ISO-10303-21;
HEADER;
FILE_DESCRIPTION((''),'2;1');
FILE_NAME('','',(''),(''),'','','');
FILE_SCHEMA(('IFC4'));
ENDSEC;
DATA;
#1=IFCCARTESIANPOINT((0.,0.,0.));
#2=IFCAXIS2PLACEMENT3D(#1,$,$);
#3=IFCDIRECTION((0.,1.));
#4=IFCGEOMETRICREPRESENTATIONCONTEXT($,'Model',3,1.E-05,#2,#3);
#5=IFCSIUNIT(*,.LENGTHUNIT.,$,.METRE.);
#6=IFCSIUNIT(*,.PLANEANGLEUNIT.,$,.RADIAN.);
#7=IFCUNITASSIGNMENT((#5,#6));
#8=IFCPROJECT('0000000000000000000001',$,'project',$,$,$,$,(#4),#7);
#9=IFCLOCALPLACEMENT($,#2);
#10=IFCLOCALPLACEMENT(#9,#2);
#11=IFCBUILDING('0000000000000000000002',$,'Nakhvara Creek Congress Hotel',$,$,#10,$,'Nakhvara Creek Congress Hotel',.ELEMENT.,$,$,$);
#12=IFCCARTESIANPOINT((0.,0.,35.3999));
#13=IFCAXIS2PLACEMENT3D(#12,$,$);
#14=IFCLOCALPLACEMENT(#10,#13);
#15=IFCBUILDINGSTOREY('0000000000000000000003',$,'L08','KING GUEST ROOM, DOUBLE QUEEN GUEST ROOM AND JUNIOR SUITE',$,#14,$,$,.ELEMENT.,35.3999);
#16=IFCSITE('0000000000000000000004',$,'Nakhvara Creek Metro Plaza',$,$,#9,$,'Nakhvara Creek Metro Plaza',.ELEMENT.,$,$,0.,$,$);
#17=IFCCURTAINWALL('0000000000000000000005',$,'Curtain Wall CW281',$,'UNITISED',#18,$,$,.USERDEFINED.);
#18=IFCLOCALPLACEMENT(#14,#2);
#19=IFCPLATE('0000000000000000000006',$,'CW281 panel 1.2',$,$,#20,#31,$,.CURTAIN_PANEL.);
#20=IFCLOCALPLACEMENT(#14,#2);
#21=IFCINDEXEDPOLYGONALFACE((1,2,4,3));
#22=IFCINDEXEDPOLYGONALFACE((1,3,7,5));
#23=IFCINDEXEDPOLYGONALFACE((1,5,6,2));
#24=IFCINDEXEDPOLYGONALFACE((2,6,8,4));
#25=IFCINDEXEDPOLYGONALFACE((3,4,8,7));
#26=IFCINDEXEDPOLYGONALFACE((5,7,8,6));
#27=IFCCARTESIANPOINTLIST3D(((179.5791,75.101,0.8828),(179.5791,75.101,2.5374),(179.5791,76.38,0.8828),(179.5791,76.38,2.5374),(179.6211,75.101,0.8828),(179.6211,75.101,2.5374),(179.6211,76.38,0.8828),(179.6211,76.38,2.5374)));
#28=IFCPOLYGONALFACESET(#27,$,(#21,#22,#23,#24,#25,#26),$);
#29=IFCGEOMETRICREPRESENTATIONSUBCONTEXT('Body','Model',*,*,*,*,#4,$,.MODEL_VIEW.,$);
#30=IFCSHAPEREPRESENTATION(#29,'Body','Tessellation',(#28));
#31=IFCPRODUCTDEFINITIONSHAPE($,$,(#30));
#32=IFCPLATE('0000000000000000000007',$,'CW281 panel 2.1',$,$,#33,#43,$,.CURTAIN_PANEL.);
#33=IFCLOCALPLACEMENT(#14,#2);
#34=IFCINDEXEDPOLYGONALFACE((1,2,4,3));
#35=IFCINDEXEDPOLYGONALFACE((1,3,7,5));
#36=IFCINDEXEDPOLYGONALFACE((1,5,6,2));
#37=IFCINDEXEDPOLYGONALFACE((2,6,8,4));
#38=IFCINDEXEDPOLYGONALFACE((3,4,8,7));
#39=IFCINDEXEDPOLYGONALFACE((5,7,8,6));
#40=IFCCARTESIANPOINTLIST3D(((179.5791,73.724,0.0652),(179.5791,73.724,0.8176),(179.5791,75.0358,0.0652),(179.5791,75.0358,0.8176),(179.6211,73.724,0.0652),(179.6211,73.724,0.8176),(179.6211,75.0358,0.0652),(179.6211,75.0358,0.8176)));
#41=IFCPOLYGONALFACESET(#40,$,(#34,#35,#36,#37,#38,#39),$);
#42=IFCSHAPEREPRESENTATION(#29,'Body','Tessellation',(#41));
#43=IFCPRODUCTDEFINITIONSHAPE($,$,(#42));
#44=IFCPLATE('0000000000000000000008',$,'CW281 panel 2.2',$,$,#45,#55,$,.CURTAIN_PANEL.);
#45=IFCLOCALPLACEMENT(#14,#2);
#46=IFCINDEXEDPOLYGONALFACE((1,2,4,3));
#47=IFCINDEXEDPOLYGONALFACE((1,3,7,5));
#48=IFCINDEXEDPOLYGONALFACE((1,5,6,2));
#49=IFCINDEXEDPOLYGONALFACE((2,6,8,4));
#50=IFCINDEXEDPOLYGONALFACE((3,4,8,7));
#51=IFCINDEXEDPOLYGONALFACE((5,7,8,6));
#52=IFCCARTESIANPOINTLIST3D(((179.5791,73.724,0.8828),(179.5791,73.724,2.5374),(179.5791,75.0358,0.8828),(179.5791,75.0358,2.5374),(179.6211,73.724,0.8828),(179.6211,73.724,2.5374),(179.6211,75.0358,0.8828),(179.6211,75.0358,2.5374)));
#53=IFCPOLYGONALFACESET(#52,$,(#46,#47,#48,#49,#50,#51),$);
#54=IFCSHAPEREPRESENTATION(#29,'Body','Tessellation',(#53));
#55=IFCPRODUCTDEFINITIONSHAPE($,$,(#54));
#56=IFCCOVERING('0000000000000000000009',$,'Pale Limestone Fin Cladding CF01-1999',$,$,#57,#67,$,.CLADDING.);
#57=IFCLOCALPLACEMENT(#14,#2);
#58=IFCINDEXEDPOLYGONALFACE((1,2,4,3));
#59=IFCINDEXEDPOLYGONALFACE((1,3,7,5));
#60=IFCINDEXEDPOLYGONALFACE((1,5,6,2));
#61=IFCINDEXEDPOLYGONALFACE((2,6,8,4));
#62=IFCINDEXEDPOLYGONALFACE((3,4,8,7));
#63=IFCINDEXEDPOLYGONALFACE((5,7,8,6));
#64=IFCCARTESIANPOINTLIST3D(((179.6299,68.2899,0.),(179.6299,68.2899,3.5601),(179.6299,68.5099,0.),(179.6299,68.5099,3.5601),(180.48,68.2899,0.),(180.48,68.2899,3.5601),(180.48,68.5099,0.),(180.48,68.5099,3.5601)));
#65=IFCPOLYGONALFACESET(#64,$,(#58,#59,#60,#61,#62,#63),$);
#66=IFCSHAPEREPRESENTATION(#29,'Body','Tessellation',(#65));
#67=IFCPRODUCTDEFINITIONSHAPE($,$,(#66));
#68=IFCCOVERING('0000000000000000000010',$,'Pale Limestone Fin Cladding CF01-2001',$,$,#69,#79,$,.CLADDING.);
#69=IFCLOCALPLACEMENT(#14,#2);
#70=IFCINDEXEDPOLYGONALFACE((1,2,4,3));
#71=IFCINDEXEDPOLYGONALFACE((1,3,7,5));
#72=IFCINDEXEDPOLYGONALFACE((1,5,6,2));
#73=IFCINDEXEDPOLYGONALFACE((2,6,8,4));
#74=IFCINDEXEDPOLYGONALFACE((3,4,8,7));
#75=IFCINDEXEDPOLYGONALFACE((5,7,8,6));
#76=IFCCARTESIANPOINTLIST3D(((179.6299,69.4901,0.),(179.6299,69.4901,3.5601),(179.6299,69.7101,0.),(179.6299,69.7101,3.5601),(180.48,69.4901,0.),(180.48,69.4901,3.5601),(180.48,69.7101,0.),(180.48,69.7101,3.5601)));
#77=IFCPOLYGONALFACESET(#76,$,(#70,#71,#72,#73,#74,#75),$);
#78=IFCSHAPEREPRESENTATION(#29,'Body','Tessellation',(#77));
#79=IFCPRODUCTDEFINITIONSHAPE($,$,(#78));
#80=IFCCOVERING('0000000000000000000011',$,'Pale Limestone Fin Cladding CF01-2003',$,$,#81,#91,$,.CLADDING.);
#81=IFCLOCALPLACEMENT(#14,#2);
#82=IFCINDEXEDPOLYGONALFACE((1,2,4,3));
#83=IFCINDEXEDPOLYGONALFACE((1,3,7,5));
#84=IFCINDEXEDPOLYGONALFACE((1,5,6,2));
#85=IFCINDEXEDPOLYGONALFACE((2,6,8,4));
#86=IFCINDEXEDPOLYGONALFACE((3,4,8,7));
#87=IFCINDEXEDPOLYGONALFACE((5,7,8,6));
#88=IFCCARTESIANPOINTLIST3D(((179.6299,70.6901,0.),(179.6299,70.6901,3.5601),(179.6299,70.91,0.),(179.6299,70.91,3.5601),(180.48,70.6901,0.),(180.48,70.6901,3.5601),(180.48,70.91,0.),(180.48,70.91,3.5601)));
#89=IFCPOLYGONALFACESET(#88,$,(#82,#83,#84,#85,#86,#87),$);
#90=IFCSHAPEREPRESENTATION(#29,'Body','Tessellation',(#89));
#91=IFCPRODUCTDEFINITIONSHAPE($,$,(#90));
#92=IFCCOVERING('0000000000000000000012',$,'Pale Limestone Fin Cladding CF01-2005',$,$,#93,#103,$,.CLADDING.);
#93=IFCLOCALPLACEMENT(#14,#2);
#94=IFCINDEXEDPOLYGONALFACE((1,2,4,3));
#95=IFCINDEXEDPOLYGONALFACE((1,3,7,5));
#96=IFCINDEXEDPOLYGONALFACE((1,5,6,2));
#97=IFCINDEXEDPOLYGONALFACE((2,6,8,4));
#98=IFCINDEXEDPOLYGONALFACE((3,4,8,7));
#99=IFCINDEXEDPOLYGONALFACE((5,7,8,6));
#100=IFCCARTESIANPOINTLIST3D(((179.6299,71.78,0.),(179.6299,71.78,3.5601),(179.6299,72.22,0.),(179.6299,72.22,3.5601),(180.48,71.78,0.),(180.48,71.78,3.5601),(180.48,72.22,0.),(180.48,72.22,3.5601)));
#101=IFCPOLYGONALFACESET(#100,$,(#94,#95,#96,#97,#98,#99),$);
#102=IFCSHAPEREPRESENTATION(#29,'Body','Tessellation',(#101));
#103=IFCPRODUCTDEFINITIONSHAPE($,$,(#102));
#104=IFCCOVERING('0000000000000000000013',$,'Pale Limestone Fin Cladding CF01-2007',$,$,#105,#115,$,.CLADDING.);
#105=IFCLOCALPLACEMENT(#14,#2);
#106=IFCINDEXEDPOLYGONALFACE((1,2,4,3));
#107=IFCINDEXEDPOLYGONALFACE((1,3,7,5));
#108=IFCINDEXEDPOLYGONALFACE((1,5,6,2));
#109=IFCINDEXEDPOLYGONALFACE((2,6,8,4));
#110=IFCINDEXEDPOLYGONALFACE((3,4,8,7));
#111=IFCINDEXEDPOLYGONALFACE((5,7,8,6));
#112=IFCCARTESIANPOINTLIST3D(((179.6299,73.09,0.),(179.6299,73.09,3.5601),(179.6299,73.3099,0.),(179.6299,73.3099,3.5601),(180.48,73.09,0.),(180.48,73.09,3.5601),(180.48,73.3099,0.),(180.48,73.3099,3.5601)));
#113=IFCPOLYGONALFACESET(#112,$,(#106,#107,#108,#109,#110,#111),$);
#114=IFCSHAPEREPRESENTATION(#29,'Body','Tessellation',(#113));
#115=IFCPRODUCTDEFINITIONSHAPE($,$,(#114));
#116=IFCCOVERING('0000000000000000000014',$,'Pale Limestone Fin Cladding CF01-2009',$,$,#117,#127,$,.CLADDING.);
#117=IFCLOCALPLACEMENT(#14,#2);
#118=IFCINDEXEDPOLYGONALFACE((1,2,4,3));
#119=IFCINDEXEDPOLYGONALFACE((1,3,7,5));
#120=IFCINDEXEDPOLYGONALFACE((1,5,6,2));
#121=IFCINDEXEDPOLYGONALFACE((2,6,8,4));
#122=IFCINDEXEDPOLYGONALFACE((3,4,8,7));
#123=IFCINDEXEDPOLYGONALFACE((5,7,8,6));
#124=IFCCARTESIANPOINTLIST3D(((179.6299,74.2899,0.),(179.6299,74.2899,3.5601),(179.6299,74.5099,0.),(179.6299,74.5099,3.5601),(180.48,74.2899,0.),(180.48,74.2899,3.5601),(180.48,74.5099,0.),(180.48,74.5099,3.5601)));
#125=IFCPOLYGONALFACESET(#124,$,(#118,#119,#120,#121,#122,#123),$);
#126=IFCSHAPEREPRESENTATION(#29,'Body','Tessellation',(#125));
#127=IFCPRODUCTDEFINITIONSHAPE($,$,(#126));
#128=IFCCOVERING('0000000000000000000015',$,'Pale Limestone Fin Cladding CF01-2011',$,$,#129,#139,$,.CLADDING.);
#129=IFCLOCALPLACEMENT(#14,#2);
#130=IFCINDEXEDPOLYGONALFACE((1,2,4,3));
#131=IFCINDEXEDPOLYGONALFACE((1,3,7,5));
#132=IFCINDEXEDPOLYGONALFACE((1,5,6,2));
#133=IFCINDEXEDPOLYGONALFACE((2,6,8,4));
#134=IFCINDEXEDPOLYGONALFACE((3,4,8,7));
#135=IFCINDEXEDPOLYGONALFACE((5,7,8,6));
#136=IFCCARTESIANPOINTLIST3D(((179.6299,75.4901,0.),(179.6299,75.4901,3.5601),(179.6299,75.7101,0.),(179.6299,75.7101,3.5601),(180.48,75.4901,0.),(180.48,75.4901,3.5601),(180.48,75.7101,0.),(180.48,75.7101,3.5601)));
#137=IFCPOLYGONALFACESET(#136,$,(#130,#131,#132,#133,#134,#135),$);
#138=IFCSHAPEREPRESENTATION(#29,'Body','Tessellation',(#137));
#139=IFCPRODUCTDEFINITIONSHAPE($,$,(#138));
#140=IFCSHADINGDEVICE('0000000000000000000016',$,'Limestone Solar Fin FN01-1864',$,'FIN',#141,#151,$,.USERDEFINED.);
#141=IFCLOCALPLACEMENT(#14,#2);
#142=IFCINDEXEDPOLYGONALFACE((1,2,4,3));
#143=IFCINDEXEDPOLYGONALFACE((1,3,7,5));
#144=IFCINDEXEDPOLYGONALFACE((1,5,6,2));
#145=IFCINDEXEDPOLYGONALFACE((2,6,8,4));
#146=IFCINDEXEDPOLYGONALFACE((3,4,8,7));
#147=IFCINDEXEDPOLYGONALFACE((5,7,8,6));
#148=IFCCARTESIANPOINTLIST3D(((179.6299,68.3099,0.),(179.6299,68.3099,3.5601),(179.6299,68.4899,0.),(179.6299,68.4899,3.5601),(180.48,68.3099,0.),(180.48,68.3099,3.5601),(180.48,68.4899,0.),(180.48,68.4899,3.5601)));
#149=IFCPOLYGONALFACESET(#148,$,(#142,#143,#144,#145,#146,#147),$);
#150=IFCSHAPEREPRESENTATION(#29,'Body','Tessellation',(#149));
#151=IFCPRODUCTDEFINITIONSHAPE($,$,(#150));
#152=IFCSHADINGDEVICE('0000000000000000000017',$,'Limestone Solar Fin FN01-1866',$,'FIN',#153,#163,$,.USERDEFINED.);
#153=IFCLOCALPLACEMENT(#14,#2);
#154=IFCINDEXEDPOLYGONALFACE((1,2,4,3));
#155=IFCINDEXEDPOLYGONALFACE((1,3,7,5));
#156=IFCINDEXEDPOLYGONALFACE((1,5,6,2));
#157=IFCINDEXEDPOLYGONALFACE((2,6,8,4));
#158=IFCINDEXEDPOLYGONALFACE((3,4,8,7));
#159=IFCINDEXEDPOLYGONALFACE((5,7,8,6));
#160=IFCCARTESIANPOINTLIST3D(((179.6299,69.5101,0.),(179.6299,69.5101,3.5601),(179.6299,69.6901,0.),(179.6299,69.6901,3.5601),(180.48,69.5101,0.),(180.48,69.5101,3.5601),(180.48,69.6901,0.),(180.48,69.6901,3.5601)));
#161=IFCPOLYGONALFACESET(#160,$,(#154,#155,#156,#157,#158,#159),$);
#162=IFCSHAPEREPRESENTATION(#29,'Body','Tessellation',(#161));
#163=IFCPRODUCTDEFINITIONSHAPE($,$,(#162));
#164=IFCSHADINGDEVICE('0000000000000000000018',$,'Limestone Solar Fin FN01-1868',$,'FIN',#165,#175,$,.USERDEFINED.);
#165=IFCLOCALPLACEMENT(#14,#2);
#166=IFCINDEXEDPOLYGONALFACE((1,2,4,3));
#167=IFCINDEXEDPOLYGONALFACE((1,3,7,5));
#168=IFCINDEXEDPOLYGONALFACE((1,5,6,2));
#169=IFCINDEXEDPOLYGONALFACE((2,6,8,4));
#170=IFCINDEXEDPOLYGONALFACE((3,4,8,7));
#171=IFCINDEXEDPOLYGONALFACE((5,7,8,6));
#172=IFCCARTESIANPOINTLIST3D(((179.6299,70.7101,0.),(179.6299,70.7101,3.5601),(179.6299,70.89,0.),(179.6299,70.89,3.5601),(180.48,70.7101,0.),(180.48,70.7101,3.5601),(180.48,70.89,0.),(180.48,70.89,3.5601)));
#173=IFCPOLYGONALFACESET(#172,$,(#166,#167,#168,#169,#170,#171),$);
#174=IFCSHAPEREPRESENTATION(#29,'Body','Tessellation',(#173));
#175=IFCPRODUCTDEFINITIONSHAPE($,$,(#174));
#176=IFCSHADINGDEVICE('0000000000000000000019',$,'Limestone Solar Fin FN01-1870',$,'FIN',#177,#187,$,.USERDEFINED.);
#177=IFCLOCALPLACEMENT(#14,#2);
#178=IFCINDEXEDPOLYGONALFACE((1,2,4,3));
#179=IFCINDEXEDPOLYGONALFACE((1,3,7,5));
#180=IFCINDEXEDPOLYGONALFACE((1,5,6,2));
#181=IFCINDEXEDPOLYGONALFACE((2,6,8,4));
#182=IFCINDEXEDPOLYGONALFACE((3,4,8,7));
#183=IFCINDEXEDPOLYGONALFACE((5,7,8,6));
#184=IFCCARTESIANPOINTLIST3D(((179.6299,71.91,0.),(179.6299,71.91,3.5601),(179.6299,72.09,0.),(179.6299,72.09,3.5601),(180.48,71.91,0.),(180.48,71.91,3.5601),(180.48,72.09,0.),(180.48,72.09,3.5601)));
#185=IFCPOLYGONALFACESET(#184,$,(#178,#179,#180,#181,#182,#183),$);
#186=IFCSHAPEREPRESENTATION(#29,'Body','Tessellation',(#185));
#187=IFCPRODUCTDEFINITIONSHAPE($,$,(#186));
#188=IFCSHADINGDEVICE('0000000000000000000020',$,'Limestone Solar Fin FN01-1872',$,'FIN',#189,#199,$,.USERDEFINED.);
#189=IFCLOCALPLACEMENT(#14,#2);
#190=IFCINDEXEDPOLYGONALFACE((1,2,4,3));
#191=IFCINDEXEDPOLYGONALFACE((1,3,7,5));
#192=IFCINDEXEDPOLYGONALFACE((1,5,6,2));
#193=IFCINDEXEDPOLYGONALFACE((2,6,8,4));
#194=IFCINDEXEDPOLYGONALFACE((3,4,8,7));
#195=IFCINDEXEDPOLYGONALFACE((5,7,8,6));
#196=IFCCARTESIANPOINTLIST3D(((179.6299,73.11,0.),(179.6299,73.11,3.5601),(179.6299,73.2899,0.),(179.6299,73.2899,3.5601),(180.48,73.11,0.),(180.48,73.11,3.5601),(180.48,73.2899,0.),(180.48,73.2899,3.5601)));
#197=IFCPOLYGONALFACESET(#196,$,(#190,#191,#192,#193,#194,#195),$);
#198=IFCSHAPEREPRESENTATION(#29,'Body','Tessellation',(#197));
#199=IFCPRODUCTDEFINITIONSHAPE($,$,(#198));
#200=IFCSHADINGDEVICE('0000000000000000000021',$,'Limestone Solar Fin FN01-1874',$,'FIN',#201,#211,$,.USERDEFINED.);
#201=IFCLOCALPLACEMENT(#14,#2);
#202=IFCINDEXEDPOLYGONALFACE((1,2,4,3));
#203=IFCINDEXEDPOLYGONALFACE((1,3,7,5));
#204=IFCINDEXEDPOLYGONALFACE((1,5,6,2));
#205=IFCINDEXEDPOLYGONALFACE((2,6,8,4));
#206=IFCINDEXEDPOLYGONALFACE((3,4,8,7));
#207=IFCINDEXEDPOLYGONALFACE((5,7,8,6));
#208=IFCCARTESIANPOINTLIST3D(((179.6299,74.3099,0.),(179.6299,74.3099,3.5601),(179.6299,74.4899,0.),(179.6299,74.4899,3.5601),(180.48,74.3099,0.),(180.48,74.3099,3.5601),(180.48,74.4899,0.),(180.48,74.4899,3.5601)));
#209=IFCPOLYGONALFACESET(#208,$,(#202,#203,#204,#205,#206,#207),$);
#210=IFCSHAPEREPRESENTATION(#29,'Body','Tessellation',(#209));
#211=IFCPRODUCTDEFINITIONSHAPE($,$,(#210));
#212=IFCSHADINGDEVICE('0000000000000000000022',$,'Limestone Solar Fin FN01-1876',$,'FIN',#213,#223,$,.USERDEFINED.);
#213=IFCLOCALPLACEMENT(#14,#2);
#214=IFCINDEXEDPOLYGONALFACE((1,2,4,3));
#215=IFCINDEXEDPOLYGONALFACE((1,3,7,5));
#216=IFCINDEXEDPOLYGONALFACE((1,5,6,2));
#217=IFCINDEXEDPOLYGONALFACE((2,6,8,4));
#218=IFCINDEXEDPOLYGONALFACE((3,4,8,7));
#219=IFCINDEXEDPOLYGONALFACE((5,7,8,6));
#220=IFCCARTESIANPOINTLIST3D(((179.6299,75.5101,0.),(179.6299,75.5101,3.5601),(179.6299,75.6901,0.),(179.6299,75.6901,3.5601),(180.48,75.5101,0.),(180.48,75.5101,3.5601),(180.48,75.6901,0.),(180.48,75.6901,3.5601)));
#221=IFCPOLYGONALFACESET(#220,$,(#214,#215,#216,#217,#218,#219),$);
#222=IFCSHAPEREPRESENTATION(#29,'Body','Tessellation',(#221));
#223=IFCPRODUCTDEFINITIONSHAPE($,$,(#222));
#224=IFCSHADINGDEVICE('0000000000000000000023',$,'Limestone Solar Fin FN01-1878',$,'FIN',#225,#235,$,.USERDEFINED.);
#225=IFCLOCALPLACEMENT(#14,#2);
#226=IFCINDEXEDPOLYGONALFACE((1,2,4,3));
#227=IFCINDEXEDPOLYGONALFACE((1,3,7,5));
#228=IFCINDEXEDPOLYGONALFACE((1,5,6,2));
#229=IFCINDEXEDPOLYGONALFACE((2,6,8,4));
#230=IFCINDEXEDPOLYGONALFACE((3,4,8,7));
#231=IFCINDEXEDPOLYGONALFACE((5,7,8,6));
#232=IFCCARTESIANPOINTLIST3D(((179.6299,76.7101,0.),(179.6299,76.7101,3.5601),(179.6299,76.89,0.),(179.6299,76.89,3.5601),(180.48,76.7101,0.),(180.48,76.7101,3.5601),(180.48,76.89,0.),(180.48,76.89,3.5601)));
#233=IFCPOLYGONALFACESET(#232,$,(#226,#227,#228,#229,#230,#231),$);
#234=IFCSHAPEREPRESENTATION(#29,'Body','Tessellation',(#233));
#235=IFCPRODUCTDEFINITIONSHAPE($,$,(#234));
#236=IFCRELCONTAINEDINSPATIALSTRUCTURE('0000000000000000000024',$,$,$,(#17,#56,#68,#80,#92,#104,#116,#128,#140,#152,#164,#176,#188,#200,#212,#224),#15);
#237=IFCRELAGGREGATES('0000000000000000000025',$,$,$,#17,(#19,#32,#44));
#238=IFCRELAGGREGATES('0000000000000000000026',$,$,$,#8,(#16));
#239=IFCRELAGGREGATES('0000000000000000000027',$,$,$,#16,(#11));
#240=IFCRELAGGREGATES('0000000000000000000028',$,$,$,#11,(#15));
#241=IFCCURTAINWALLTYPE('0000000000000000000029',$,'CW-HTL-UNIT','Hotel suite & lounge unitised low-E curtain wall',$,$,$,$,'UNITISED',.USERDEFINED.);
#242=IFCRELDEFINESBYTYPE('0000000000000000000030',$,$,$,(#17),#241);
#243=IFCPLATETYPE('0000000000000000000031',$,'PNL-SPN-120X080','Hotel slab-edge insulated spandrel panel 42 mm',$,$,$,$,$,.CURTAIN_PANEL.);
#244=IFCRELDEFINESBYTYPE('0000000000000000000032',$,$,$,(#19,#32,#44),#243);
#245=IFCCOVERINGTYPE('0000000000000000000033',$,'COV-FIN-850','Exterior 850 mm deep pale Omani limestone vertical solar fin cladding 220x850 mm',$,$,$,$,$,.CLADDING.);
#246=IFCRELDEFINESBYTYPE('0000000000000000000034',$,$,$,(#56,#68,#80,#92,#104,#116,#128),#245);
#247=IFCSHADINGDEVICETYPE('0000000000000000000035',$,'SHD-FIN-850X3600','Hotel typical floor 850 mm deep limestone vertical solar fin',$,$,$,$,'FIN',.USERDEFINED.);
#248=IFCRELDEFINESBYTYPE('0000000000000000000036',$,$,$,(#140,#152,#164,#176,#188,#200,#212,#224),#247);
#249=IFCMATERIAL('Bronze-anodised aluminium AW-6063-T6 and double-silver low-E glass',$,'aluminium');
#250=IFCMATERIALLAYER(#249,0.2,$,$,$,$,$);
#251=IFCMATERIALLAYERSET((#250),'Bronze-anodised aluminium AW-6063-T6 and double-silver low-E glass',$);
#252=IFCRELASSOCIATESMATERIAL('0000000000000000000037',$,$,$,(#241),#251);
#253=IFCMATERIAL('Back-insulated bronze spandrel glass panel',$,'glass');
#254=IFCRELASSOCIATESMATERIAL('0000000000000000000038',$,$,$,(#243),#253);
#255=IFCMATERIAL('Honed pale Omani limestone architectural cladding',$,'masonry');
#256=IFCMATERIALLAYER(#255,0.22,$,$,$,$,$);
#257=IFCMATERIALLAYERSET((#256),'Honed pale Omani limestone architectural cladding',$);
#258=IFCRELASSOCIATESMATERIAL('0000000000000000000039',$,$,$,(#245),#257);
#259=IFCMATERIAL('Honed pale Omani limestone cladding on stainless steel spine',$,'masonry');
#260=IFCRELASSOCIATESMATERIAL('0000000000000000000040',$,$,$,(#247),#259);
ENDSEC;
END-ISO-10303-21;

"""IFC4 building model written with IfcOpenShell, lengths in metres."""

from ifc_helpers import new_model, si_unit, direction, frame, origin, origin_2d, place, context, subcontext, project, spatial, rectangle, extrude, material, layer, layer_set, type_object, element, aggregate, save


model = new_model("IFC4")

# Units and contexts
model_context = context("Model", 3, precision=1e-05, world=origin(), true_north=direction((0.0, 1.0)))
body_context = subcontext(model_context, "Body", "Model", "MODEL_VIEW")
ifc_project = project(units=[si_unit("LENGTHUNIT", "METRE"), si_unit("PLANEANGLEUNIT", "RADIAN")], contexts=[model_context])

# Site, building, storey
site_placement = place(None, origin())
site = spatial("IfcSite", under=ifc_project, at=site_placement, Name="Nakhvara Creek Metro Plaza", LongName="Nakhvara Creek Metro Plaza", CompositionType="ELEMENT", RefElevation=0.0)
building_placement = place(site_placement, origin())
building = spatial("IfcBuilding", under=site, at=building_placement, Name="Nakhvara Creek Congress Hotel", LongName="Nakhvara Creek Congress Hotel", CompositionType="ELEMENT")
storey_placement = place(building_placement, frame((0.0, 0.0, 35.3999)))
storey = spatial("IfcBuildingStorey", under=building, at=storey_placement, Name="L08", Description="KING GUEST ROOM, DOUBLE QUEEN GUEST ROOM AND JUNIOR SUITE", CompositionType="ELEMENT", Elevation=35.3999)

# Curtain wall, plates
ifc_material_1 = material(Name="Bronze-anodised aluminium AW-6063-T6 and double-silver low-E glass", Category="aluminium")
ifc_layer_1 = layer(ifc_material_1, 0.2)
ifc_layer_set_1 = layer_set([ifc_layer_1], Name="Bronze-anodised aluminium AW-6063-T6 and double-silver low-E glass")
curtain_wall_type = type_object("IfcCurtainWallType", Name="CW-HTL-UNIT", Description="Hotel suite & lounge unitised low-E curtain wall", ElementType="UNITISED", PredefinedType="USERDEFINED", material=ifc_layer_set_1)
curtain_wall_placement = place(storey_placement, origin())
curtain_wall = element("IfcCurtainWall", 1, at=curtain_wall_placement, inside=storey, type_object=curtain_wall_type, Name="Curtain Wall CW281", ObjectType="UNITISED", PredefinedType="USERDEFINED")
ifc_material_2 = material(Name="Back-insulated bronze spandrel glass panel", Category="glass")
plate_type = type_object("IfcPlateType", Name="PNL-SPN-120X080", Description="Hotel slab-edge insulated spandrel panel 42 mm", PredefinedType="CURTAIN_PANEL", material=ifc_material_2)
plate_1_placement = place(storey_placement, frame((179.6001, 75.7405, 0.8828), z_axis=(0.0, 0.0, 1.0), x_axis=(0.0, -1.0, 0.0)))
plate_1 = element("IfcPlate", 2, at=plate_1_placement, type_object=plate_type, Name="CW281 panel 1.2", PredefinedType="CURTAIN_PANEL", context=body_context, shape_type="SweptSolid", body=[
    extrude(rectangle(XDim=1.2791, YDim=0.042, at=origin_2d()), origin(), (0.0, 0.0, 1.0), 1.6545),
])
plate_2_placement = place(storey_placement, frame((179.6001, 74.3799, 0.0652), z_axis=(0.0, 0.0, 1.0), x_axis=(0.0, -1.0, 0.0)))
plate_2 = element("IfcPlate", 3, at=plate_2_placement, type_object=plate_type, Name="CW281 panel 2.1", PredefinedType="CURTAIN_PANEL", context=body_context, shape_type="SweptSolid", body=[
    extrude(rectangle(XDim=1.3118, YDim=0.042, at=origin_2d()), origin(), (0.0, 0.0, 1.0), 0.7524),
])
plate_3_placement = place(storey_placement, frame((179.6001, 74.3799, 0.8828), z_axis=(0.0, 0.0, 1.0), x_axis=(0.0, -1.0, 0.0)))
plate_3 = element("IfcPlate", 4, at=plate_3_placement, type_object=plate_type, Name="CW281 panel 2.2", PredefinedType="CURTAIN_PANEL", context=body_context, shape_type="SweptSolid", body=[
    extrude(rectangle(XDim=1.3118, YDim=0.042, at=origin_2d()), origin(), (0.0, 0.0, 1.0), 1.6545),
])
aggregate(curtain_wall, [plate_1, plate_2, plate_3])

# Coverings
ifc_material_3 = material(Name="Honed pale Omani limestone architectural cladding", Category="masonry")
ifc_layer_2 = layer(ifc_material_3, 0.22)
ifc_layer_set_2 = layer_set([ifc_layer_2], Name="Honed pale Omani limestone architectural cladding")
covering_type = type_object("IfcCoveringType", Name="COV-FIN-850", Description="Exterior 850 mm deep pale Omani limestone vertical solar fin cladding 220x850 mm", PredefinedType="CLADDING", material=ifc_layer_set_2)
for number, where, z_axis, x_axis, name in (
    (5, (180.0549, 68.3999, 0.0), (0.0, 0.0, 1.0), (0.0, 1.0, 0.0), "Pale Limestone Fin Cladding CF01-1999"),
    (6, (180.0549, 69.6001, 0.0), (0.0, 0.0, 1.0), (0.0, 1.0, 0.0), "Pale Limestone Fin Cladding CF01-2001"),
    (7, (180.0549, 70.8, 0.0), (0.0, 0.0, 1.0), (0.0, 1.0, 0.0), "Pale Limestone Fin Cladding CF01-2003"),
):
    element("IfcCovering", number, at=place(storey_placement, frame(where, z_axis=z_axis, x_axis=x_axis)), inside=storey, type_object=covering_type, Name=name, PredefinedType="CLADDING", context=body_context, shape_type="SweptSolid", body=[
        extrude(rectangle(XDim=0.22, YDim=0.8501, at=origin_2d()), origin(), (0.0, 0.0, 1.0), 3.5601),
    ])
covering_placement = place(storey_placement, frame((180.0549, 72.0, 0.0), z_axis=(0.0, 0.0, 1.0), x_axis=(0.0, 1.0, 0.0)))
element("IfcCovering", 8, at=covering_placement, inside=storey, type_object=covering_type, Name="Pale Limestone Fin Cladding CF01-2005", PredefinedType="CLADDING", context=body_context, shape_type="SweptSolid", body=[
    extrude(rectangle(XDim=0.4399, YDim=0.8501, at=origin_2d()), origin(), (0.0, 0.0, 1.0), 3.5601),
])
for number, where, z_axis, x_axis, name in (
    (9, (180.0549, 73.2, 0.0), (0.0, 0.0, 1.0), (0.0, 1.0, 0.0), "Pale Limestone Fin Cladding CF01-2007"),
    (10, (180.0549, 74.3999, 0.0), (0.0, 0.0, 1.0), (0.0, 1.0, 0.0), "Pale Limestone Fin Cladding CF01-2009"),
    (11, (180.0549, 75.6001, 0.0), (0.0, 0.0, 1.0), (0.0, 1.0, 0.0), "Pale Limestone Fin Cladding CF01-2011"),
):
    element("IfcCovering", number, at=place(storey_placement, frame(where, z_axis=z_axis, x_axis=x_axis)), inside=storey, type_object=covering_type, Name=name, PredefinedType="CLADDING", context=body_context, shape_type="SweptSolid", body=[
        extrude(rectangle(XDim=0.22, YDim=0.8501, at=origin_2d()), origin(), (0.0, 0.0, 1.0), 3.5601),
    ])

# Shading devices
ifc_material_4 = material(Name="Honed pale Omani limestone cladding on stainless steel spine", Category="masonry")
shading_device_type = type_object("IfcShadingDeviceType", Name="SHD-FIN-850X3600", Description="Hotel typical floor 850 mm deep limestone vertical solar fin", ElementType="FIN", PredefinedType="USERDEFINED", material=ifc_material_4)
for number, where, z_axis, x_axis, name in (
    (12, (180.0549, 68.3999, 0.0), (0.0, 0.0, 1.0), (0.0, 1.0, 0.0), "Limestone Solar Fin FN01-1864"),
    (13, (180.0549, 69.6001, 0.0), (0.0, 0.0, 1.0), (0.0, 1.0, 0.0), "Limestone Solar Fin FN01-1866"),
    (14, (180.0549, 70.8, 0.0), (0.0, 0.0, 1.0), (0.0, 1.0, 0.0), "Limestone Solar Fin FN01-1868"),
    (15, (180.0549, 72.0, 0.0), (0.0, 0.0, 1.0), (0.0, 1.0, 0.0), "Limestone Solar Fin FN01-1870"),
    (16, (180.0549, 73.2, 0.0), (0.0, 0.0, 1.0), (0.0, 1.0, 0.0), "Limestone Solar Fin FN01-1872"),
    (17, (180.0549, 74.3999, 0.0), (0.0, 0.0, 1.0), (0.0, 1.0, 0.0), "Limestone Solar Fin FN01-1874"),
    (18, (180.0549, 75.6001, 0.0), (0.0, 0.0, 1.0), (0.0, 1.0, 0.0), "Limestone Solar Fin FN01-1876"),
    (19, (180.0549, 76.8, 0.0), (0.0, 0.0, 1.0), (0.0, 1.0, 0.0), "Limestone Solar Fin FN01-1878"),
):
    element("IfcShadingDevice", number, at=place(storey_placement, frame(where, z_axis=z_axis, x_axis=x_axis)), inside=storey, type_object=shading_device_type, Name=name, ObjectType="FIN", PredefinedType="USERDEFINED", context=body_context, shape_type="SweptSolid", body=[
        extrude(rectangle(XDim=0.1799, YDim=0.8501, at=origin_2d()), origin(), (0.0, 0.0, 1.0), 3.5601),
    ])

save(model, "model.ifc")
